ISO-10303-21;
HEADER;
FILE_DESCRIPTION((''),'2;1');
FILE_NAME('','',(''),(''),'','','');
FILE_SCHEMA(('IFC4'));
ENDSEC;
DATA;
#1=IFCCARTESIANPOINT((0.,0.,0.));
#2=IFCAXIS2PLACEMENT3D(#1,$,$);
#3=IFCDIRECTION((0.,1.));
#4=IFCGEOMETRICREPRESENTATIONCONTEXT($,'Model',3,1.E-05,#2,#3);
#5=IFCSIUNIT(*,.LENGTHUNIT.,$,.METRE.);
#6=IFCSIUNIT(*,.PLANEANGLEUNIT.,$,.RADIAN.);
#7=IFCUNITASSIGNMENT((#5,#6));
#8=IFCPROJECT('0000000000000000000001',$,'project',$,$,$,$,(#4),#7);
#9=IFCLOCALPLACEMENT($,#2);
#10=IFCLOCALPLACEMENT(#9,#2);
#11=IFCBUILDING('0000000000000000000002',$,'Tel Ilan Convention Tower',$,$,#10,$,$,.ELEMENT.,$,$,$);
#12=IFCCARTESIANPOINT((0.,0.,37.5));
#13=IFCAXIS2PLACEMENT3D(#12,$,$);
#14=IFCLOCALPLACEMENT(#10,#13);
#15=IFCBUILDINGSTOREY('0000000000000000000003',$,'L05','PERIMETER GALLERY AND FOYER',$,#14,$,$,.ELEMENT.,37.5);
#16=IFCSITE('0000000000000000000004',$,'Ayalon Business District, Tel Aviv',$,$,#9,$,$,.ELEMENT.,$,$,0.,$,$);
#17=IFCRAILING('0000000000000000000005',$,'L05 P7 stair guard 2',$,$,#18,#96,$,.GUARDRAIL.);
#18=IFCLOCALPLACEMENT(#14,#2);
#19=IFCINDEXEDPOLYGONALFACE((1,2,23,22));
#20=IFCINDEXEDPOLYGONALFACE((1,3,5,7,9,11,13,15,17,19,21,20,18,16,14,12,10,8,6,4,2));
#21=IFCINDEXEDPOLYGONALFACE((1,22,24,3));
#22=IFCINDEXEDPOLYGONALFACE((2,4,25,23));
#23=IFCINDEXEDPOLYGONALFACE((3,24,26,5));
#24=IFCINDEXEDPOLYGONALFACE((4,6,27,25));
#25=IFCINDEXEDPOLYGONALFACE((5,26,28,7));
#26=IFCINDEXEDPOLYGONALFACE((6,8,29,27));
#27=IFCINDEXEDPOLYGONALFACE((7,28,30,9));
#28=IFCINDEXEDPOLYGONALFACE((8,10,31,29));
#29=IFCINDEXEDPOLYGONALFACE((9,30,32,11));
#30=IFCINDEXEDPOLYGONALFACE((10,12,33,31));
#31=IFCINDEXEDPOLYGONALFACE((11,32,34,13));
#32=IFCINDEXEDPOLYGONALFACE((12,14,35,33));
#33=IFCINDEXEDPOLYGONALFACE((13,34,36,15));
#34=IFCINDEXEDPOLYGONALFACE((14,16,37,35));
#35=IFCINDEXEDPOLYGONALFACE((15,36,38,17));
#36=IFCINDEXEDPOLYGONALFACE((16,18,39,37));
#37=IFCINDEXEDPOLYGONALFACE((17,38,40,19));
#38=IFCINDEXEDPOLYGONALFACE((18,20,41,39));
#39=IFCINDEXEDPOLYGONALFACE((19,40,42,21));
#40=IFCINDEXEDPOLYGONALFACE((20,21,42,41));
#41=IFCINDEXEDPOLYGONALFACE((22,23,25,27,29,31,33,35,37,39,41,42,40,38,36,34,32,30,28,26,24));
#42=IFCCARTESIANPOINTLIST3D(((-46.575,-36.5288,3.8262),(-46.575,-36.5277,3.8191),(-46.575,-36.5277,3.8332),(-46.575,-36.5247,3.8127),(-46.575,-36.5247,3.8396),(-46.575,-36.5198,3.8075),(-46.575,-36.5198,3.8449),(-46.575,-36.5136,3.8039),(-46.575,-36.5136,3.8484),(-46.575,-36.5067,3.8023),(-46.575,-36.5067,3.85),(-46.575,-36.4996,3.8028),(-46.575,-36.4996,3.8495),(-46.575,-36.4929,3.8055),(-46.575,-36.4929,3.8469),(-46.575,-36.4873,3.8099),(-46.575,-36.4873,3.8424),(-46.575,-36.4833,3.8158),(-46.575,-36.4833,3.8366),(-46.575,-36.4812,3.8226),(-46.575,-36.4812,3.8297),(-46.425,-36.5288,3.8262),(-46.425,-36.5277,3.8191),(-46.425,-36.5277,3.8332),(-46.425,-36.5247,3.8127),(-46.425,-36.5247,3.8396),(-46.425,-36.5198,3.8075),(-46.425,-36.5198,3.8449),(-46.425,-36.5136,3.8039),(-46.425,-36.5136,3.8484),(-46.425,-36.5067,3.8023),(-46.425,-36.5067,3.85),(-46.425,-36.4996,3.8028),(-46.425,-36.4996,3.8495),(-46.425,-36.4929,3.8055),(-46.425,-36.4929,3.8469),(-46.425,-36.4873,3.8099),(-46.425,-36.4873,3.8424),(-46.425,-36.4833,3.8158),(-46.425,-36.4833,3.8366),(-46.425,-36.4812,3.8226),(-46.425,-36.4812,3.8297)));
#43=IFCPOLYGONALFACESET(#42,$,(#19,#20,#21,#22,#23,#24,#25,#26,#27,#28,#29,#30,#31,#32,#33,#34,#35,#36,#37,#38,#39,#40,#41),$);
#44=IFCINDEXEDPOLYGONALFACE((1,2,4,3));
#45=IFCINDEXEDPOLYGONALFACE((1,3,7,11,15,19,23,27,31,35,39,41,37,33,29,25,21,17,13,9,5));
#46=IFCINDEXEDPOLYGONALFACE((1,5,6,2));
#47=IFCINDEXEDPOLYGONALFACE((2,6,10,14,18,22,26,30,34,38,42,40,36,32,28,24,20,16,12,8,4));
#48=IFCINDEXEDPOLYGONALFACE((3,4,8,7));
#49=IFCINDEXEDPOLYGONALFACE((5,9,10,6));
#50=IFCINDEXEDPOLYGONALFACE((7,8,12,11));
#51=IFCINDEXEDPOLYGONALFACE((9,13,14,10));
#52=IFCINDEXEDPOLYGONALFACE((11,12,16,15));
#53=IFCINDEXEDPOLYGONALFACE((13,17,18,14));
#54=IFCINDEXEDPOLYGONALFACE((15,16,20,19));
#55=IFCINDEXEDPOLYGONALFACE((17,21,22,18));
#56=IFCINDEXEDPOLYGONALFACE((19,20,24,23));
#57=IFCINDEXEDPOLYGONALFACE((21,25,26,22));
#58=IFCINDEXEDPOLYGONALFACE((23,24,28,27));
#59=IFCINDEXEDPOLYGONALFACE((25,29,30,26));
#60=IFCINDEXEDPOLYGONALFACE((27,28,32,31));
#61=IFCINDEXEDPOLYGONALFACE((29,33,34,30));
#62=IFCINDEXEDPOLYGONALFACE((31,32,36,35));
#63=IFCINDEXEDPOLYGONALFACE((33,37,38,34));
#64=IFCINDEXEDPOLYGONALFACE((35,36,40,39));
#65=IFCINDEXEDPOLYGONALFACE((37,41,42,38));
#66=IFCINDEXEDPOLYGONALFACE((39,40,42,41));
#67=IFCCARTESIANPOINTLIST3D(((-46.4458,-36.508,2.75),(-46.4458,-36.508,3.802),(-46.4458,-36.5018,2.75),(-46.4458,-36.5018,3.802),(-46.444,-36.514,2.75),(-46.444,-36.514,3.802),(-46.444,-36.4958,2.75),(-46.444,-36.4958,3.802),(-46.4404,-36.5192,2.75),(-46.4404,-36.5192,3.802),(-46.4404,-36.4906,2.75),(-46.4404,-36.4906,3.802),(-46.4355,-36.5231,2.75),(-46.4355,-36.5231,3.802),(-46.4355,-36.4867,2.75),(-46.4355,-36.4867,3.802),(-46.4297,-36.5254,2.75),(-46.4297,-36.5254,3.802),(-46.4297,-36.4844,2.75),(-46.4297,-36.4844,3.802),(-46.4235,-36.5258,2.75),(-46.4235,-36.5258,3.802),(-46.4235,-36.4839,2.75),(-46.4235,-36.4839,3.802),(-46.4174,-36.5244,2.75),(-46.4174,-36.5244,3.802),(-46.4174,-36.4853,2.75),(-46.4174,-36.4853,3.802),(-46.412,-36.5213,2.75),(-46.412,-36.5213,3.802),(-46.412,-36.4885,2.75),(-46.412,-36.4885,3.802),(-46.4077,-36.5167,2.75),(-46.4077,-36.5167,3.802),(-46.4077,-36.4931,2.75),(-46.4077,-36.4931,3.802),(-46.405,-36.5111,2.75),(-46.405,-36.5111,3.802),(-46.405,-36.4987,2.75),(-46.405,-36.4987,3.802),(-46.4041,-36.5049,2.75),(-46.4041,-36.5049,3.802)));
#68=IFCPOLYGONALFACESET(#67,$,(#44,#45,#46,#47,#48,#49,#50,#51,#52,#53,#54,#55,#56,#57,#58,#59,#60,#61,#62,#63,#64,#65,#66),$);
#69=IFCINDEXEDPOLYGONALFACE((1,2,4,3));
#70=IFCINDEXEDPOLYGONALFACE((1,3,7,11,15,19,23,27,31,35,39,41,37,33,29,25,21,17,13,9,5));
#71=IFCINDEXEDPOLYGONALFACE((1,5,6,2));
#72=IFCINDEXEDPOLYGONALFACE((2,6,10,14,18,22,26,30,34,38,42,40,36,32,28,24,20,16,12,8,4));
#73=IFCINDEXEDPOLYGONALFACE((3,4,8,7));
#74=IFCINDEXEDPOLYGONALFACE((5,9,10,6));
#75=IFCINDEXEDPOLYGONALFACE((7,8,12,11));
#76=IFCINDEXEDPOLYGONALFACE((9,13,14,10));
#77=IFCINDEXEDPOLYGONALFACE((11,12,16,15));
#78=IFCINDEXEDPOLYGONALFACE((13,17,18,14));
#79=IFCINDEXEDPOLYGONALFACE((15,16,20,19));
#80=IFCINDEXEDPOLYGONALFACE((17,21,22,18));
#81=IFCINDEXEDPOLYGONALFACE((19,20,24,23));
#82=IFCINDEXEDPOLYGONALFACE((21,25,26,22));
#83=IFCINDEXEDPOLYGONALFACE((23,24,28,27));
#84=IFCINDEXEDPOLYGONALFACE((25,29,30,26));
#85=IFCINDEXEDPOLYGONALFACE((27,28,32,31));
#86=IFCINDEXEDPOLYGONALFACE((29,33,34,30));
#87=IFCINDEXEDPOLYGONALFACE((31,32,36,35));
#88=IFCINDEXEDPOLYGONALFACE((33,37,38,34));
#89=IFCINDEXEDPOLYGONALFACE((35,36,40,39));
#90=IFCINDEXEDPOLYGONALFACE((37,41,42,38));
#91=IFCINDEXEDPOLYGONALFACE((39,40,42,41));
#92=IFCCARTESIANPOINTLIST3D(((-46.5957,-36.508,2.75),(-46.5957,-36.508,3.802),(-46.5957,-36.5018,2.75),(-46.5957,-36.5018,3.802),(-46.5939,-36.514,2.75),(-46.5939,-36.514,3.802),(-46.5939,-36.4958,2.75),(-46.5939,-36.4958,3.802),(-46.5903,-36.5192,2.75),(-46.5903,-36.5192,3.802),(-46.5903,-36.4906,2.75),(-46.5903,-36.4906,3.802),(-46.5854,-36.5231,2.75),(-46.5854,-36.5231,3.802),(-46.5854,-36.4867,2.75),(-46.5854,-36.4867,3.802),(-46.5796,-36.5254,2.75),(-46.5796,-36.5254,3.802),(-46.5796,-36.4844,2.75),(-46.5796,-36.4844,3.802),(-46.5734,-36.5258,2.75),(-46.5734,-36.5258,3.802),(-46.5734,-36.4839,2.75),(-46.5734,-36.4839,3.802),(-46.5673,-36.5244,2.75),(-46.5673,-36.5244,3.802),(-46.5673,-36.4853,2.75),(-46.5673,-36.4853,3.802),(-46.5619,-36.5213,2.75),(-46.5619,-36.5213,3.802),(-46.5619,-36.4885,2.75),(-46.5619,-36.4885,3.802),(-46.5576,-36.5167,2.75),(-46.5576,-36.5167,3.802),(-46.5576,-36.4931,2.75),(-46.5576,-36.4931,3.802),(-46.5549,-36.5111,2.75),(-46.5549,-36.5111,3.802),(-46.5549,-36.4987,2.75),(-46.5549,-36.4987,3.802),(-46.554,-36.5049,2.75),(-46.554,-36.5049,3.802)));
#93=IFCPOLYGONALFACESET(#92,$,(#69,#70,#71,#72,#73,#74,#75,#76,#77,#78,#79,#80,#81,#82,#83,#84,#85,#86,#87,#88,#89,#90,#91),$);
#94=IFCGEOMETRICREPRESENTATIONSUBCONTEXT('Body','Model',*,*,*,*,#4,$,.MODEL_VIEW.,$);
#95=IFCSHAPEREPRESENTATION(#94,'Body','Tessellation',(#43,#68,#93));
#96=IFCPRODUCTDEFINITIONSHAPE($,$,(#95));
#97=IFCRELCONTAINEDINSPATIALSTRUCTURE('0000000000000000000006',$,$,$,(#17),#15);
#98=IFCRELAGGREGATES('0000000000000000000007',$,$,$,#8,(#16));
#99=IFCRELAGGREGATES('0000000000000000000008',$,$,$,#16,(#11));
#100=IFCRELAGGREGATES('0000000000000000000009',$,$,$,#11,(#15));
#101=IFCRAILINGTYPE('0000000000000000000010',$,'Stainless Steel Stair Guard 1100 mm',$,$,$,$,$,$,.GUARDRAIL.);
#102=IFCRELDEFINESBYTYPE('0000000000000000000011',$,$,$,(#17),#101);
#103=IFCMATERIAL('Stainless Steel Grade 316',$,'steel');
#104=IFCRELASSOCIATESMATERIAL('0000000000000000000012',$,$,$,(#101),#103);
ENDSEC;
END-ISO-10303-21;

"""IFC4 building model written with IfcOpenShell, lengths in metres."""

from ifc_helpers import new_model, si_unit, direction, frame, origin, origin_2d, place, context, subcontext, project, spatial, circle, extrude, material, type_object, element, save


model = new_model("IFC4")

# Units and contexts
model_context = context("Model", 3, precision=1e-05, world=origin(), true_north=direction((0.0, 1.0)))
body_context = subcontext(model_context, "Body", "Model", "MODEL_VIEW")
ifc_project = project(units=[si_unit("LENGTHUNIT", "METRE"), si_unit("PLANEANGLEUNIT", "RADIAN")], contexts=[model_context])

# Site, building, storey
site_placement = place(None, origin())
site = spatial("IfcSite", under=ifc_project, at=site_placement, Name="Ayalon Business District, Tel Aviv", CompositionType="ELEMENT", RefElevation=0.0)
building_placement = place(site_placement, origin())
building = spatial("IfcBuilding", under=site, at=building_placement, Name="Tel Ilan Convention Tower", CompositionType="ELEMENT")
storey_placement = place(building_placement, frame((0.0, 0.0, 37.5)))
storey = spatial("IfcBuildingStorey", under=building, at=storey_placement, Name="L05", Description="PERIMETER GALLERY AND FOYER", CompositionType="ELEMENT", Elevation=37.5)

# Railing
ifc_material_1 = material(Name="Stainless Steel Grade 316", Category="steel")
railing_type_1 = type_object("IfcRailingType", Name="Stainless Steel Stair Guard 1100 mm", PredefinedType="GUARDRAIL", material=ifc_material_1)
railing_1_placement = place(storey_placement, frame((-46.425, -36.5049, 2.75)))
element("IfcRailing", 1, at=railing_1_placement, inside=storey, type_object=railing_type_1, Name="L05 P7 stair guard 2", PredefinedType="GUARDRAIL", context=body_context, shape_type="SweptSolid", body=[
    extrude(circle(Radius=0.0239, at=origin_2d()), frame((0.0, 0.0, 1.0762), z_axis=(-1.0, 0.0, 0.0), x_axis=(0.0, -1.0, 0.0)), (0.0, 0.0, 1.0), 0.1499),
    extrude(circle(Radius=0.021, at=origin_2d()), origin(), (0.0, 0.0, 1.0), 1.052),
    extrude(circle(Radius=0.021, at=origin_2d()), frame((-0.1499, 0.0, 0.0)), (0.0, 0.0, 1.0), 1.052),
])

save(model, "model.ifc")
